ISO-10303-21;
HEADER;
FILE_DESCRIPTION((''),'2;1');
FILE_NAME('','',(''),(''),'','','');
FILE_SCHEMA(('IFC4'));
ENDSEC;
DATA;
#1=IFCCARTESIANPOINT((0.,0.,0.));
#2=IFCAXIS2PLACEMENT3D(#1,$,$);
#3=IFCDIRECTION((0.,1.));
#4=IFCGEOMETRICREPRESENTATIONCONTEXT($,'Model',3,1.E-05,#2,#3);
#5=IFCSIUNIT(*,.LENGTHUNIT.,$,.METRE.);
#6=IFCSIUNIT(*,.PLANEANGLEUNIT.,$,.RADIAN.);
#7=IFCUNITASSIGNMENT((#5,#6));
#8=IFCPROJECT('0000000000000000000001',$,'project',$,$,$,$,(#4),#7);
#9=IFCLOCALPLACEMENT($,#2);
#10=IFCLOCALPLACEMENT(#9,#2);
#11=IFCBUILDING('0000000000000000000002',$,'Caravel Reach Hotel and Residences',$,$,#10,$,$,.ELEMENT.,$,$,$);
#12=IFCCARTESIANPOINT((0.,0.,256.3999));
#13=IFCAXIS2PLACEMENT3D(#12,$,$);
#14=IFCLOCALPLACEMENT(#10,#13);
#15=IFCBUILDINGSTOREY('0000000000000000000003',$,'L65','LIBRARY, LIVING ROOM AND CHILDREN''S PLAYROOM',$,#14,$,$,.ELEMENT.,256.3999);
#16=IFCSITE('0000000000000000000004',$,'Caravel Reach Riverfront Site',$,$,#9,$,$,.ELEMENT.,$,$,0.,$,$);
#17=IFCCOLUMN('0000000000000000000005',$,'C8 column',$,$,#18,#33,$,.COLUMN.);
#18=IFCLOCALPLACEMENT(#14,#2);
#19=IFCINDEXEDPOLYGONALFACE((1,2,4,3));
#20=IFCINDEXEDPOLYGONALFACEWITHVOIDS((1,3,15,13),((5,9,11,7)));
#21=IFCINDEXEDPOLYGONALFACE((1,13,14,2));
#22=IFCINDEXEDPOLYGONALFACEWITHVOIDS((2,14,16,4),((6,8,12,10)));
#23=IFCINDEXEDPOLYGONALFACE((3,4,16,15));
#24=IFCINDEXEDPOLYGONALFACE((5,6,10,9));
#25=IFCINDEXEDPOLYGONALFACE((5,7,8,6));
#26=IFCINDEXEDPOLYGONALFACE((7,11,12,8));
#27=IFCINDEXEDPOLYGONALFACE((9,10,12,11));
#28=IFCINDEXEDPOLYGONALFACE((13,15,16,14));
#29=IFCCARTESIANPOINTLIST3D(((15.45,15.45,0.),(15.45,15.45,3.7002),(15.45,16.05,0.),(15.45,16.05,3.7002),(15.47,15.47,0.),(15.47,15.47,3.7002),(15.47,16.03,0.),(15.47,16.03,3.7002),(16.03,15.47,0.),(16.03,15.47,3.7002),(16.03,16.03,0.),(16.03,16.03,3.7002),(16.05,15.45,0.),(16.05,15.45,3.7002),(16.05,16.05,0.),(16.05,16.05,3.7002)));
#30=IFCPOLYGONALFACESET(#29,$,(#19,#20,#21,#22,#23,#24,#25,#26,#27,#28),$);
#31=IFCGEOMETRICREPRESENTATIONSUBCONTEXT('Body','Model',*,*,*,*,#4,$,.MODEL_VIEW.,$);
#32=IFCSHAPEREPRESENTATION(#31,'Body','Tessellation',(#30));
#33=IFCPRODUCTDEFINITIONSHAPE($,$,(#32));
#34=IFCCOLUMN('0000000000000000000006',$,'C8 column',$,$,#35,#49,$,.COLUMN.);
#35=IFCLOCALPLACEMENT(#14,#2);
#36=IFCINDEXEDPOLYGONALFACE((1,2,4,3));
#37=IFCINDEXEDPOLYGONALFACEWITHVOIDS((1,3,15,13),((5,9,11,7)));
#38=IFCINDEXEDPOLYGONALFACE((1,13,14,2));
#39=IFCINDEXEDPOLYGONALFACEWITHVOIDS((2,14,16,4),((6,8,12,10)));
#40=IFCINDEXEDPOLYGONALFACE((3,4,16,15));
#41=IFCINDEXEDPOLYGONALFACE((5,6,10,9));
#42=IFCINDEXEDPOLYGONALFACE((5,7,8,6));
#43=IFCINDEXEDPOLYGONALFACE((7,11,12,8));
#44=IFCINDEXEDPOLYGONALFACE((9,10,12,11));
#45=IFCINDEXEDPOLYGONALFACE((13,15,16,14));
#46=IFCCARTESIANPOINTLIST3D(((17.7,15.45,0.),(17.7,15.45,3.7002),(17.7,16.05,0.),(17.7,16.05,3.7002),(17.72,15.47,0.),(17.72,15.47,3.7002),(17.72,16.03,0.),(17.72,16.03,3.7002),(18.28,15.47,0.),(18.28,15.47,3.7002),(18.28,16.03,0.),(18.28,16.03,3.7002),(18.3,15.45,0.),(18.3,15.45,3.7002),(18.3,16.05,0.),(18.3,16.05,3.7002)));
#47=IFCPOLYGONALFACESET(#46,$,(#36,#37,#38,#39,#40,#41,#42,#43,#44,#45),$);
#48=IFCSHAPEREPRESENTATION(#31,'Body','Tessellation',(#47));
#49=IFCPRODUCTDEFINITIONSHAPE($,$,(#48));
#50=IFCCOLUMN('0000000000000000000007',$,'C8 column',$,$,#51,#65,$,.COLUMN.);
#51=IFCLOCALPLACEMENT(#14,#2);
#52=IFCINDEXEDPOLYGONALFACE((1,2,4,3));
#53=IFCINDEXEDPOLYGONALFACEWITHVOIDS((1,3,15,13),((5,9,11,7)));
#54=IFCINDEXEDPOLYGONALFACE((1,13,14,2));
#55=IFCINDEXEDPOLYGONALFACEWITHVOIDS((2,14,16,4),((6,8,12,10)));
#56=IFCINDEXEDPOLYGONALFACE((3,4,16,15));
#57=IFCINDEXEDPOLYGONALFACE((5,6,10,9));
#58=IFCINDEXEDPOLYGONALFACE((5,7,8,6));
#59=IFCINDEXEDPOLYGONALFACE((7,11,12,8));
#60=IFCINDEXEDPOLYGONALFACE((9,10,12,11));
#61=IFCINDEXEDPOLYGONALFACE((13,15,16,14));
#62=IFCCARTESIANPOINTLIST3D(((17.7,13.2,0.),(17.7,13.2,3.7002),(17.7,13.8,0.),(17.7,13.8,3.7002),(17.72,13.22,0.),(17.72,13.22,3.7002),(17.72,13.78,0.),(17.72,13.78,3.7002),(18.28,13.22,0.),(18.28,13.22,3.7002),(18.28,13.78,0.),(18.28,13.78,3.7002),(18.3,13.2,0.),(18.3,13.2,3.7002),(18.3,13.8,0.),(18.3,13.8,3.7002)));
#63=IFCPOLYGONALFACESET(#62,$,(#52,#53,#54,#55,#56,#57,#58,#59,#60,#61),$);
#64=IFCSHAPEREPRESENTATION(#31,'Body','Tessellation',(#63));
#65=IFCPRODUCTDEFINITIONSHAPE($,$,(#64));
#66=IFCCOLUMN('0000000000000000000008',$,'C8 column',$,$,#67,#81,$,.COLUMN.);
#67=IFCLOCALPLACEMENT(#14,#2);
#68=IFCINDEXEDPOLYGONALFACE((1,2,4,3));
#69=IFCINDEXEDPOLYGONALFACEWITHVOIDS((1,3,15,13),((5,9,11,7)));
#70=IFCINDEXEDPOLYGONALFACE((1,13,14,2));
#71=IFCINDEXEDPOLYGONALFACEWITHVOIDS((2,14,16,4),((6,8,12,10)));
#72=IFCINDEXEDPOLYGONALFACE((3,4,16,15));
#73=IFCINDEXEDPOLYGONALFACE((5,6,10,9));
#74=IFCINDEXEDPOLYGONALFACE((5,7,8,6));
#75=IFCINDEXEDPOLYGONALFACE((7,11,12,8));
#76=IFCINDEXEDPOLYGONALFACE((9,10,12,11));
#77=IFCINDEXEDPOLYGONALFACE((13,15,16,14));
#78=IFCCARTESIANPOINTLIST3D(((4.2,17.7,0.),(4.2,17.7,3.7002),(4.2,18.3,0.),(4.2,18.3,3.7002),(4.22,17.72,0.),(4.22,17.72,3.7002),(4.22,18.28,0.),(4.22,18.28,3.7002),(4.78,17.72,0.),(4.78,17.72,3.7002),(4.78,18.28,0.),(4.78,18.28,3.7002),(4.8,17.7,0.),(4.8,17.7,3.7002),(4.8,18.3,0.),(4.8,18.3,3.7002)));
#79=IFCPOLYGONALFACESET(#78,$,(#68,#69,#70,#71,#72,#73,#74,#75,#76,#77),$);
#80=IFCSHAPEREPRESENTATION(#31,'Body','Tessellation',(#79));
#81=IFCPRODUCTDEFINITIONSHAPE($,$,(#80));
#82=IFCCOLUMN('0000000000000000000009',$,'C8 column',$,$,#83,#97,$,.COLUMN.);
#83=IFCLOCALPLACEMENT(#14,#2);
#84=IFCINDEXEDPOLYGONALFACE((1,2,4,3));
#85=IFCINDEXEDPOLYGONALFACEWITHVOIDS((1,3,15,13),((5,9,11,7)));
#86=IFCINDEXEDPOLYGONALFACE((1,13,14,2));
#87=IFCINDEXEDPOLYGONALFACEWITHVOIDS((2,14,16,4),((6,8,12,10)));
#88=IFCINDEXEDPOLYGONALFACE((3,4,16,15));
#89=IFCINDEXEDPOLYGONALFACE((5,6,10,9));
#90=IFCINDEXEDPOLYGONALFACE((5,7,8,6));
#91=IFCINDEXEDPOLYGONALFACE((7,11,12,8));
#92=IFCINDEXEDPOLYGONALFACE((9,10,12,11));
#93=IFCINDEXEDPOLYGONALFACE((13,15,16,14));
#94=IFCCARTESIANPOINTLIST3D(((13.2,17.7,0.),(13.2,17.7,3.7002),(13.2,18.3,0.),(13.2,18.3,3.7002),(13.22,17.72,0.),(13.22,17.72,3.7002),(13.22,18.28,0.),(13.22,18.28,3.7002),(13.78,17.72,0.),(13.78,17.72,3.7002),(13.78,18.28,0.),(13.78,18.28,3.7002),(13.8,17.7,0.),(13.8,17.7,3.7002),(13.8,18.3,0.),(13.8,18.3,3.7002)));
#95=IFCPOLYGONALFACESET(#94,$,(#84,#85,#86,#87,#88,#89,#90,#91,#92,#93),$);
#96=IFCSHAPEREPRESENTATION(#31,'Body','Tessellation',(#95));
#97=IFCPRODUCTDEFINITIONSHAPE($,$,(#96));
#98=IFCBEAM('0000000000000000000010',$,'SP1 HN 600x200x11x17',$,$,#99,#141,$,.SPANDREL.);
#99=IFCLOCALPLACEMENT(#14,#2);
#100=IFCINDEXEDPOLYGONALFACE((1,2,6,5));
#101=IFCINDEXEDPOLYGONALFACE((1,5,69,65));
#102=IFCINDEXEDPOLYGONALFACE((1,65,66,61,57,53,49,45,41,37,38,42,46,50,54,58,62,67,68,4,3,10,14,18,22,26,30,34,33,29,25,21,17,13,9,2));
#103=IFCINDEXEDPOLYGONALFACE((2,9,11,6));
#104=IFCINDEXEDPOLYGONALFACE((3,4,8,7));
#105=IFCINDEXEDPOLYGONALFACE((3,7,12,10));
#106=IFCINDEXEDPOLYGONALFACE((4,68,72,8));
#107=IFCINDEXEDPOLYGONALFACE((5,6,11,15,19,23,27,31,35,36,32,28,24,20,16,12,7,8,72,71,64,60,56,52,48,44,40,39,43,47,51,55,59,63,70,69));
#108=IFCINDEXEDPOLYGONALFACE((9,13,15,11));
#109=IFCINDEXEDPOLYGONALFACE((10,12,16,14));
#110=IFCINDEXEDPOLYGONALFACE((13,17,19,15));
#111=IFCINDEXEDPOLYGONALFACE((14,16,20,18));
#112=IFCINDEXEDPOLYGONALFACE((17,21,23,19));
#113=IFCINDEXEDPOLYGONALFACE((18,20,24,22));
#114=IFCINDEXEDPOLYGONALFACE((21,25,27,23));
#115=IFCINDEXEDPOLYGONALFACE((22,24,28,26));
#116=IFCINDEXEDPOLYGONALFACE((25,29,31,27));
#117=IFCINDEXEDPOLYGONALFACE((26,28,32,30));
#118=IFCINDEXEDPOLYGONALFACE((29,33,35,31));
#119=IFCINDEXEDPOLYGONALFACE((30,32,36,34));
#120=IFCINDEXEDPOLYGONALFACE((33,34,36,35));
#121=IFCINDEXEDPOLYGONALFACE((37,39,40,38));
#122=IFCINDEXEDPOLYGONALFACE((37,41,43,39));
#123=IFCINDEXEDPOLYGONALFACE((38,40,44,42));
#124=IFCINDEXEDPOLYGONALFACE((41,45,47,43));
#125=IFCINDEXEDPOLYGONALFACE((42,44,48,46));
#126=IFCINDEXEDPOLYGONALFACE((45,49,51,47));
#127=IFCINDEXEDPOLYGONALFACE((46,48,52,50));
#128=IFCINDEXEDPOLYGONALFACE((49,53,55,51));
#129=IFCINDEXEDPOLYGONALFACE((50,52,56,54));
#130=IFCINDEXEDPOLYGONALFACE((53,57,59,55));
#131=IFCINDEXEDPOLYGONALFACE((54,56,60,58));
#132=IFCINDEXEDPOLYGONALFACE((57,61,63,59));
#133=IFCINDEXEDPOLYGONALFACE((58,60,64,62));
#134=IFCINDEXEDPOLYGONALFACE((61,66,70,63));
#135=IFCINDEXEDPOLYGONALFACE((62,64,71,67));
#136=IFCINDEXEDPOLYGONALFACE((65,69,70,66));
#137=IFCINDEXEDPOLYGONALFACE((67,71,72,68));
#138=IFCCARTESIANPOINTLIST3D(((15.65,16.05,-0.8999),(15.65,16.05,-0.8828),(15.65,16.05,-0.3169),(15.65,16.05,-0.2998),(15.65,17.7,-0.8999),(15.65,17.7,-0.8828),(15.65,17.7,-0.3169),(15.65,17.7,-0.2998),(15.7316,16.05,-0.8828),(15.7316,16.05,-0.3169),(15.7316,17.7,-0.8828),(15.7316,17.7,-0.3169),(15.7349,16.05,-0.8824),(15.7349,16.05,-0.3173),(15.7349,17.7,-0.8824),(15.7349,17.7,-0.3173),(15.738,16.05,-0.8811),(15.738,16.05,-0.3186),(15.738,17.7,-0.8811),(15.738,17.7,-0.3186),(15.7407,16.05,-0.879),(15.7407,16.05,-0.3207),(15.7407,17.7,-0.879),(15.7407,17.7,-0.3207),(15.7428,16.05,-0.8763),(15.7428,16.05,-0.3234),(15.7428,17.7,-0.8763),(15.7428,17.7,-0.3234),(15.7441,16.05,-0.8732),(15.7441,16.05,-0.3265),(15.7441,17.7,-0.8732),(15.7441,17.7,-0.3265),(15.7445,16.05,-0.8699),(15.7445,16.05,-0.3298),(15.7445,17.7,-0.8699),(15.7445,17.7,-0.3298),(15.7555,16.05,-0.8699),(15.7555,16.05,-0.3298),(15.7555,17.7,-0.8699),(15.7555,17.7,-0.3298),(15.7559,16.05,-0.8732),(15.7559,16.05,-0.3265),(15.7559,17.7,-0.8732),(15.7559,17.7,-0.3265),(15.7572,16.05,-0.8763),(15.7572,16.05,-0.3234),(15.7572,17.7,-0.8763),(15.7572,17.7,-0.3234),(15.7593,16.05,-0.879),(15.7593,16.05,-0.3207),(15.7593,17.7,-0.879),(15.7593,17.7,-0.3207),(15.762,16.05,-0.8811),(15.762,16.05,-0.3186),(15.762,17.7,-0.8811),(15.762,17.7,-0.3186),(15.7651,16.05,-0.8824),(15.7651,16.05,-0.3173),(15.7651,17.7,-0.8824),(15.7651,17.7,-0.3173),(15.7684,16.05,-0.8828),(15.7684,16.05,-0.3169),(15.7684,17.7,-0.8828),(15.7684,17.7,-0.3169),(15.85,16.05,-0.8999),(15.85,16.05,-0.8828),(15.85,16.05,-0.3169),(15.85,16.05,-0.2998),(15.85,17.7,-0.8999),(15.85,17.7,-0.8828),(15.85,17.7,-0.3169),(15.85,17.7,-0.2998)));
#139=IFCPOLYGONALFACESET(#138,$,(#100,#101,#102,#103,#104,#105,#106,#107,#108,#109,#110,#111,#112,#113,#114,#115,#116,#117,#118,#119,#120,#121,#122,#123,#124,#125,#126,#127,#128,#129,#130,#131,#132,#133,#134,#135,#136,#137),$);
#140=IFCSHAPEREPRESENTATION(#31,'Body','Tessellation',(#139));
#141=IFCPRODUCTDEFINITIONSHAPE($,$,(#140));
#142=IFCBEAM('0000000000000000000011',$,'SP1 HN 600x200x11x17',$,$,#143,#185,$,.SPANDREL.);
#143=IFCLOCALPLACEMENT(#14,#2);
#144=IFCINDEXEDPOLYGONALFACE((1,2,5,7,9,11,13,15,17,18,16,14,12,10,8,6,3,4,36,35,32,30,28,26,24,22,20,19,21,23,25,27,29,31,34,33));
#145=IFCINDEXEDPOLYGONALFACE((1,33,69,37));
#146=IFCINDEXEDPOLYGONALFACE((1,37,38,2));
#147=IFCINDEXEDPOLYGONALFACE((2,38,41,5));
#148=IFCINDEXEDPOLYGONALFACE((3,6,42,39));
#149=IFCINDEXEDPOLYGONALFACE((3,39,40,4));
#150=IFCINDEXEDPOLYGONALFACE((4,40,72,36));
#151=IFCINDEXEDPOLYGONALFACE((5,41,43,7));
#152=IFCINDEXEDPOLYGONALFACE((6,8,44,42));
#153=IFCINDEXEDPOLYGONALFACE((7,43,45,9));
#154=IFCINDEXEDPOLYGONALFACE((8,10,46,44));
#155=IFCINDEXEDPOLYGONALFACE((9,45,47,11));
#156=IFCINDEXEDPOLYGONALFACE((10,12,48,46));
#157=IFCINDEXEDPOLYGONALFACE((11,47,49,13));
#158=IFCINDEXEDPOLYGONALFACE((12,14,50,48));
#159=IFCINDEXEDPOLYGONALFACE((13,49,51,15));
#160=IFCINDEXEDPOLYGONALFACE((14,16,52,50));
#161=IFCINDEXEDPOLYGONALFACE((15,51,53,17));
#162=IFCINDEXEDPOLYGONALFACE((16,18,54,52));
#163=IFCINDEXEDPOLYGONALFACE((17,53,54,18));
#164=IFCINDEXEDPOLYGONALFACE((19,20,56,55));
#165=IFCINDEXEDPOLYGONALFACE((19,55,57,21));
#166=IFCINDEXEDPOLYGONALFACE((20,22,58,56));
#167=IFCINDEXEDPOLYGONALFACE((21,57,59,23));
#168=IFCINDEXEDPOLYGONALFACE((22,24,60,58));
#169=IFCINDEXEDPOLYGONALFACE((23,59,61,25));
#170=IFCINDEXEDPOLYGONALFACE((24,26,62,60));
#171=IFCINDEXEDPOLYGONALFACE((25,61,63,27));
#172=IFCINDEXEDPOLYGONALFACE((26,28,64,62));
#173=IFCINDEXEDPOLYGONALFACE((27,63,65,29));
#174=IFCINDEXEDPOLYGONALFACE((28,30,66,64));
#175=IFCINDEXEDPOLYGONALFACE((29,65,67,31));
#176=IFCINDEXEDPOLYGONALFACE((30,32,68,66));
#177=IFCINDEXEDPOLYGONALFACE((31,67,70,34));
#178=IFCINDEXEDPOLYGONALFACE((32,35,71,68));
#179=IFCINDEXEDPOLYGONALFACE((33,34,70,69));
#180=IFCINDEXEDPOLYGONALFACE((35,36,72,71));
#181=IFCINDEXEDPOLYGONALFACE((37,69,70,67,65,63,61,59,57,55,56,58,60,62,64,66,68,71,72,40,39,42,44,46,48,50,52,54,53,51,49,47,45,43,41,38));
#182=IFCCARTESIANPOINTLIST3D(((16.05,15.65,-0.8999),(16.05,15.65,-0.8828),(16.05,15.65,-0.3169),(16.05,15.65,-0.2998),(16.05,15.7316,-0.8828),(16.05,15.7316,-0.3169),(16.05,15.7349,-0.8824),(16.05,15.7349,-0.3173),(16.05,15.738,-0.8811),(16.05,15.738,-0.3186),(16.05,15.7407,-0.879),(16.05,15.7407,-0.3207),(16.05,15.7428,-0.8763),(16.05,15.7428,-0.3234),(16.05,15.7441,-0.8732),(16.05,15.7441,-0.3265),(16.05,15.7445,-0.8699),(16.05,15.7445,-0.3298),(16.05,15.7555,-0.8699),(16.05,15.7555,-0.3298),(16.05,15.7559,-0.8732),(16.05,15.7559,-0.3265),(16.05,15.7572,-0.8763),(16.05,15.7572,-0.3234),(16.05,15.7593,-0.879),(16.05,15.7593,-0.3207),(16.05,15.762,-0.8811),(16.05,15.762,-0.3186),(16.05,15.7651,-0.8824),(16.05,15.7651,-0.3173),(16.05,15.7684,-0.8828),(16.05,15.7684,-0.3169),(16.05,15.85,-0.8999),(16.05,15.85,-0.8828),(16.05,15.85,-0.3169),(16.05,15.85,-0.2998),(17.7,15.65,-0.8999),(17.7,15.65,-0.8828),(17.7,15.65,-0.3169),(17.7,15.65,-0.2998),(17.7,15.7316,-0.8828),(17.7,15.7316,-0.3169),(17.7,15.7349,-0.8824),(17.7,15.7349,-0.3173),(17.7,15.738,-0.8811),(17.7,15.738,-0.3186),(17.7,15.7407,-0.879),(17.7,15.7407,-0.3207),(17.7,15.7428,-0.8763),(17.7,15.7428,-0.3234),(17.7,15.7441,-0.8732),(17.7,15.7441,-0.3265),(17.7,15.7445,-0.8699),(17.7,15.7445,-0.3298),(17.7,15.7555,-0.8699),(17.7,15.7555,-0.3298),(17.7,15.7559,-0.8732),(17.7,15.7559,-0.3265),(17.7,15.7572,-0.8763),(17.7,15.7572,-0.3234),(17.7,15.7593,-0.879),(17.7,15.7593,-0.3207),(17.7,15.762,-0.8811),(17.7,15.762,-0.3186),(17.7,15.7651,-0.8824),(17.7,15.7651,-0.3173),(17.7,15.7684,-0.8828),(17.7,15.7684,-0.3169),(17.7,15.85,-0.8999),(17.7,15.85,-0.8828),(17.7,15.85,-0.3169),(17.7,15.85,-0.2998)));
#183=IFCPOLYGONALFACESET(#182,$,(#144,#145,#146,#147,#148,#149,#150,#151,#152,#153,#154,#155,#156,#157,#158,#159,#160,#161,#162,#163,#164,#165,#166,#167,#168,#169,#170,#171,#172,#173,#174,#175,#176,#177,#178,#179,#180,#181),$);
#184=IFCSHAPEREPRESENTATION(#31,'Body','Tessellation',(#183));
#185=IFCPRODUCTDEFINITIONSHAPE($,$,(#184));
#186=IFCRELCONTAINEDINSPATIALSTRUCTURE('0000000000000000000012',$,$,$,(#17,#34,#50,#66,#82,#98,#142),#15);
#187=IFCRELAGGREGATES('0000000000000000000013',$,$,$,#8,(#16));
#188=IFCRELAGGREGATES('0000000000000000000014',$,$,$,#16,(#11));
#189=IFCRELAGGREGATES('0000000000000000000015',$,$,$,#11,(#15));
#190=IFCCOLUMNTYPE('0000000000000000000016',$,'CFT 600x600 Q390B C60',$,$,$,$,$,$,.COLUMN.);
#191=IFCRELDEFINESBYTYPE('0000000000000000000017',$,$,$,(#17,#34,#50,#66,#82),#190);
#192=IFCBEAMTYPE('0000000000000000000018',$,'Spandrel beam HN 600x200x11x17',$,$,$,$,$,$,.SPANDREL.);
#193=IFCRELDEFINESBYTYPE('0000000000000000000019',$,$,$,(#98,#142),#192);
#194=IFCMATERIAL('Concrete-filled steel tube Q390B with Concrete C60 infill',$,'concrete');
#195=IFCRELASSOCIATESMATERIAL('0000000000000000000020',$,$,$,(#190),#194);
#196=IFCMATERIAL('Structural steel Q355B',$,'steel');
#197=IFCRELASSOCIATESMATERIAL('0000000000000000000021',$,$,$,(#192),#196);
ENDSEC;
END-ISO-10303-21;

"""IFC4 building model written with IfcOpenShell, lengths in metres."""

from ifc_helpers import new_model, si_unit, direction, frame, origin, origin_2d, place, context, subcontext, project, spatial, hollow_rectangle, i_section, extrude, material, material_profile, profile_set, type_object, element, save


model = new_model("IFC4")

# Units and contexts
model_context = context("Model", 3, precision=1e-05, world=origin(), true_north=direction((0.0, 1.0)))
body_context = subcontext(model_context, "Body", "Model", "MODEL_VIEW")
ifc_project = project(units=[si_unit("LENGTHUNIT", "METRE"), si_unit("PLANEANGLEUNIT", "RADIAN")], contexts=[model_context])

# Site, building, storey
site_placement = place(None, origin())
site = spatial("IfcSite", under=ifc_project, at=site_placement, Name="Caravel Reach Riverfront Site", CompositionType="ELEMENT", RefElevation=0.0)
building_placement = place(site_placement, origin())
building = spatial("IfcBuilding", under=site, at=building_placement, Name="Caravel Reach Hotel and Residences", CompositionType="ELEMENT")
storey_placement = place(building_placement, frame((0.0, 0.0, 256.3999)))
storey = spatial("IfcBuildingStorey", under=building, at=storey_placement, Name="L65", Description="LIBRARY, LIVING ROOM AND CHILDREN'S PLAYROOM", CompositionType="ELEMENT", Elevation=256.3999)

# Columns
ifc_material_1 = material(Name="Concrete-filled steel tube Q390B with Concrete C60 infill", Category="concrete")
ifc_material_profile_1 = material_profile(ifc_material_1, hollow_rectangle(XDim=0.6001, YDim=0.6001, WallThickness=0.02, at=origin_2d()), Name="RHS 600x600x20")
ifc_profile_set_1 = profile_set([ifc_material_profile_1], Name="Concrete-filled steel tube Q390B with Concrete C60 infill")
column_type = type_object("IfcColumnType", Name="CFT 600x600 Q390B C60", PredefinedType="COLUMN", material=ifc_profile_set_1)
for number, where, z_axis, x_axis, name in (
    (1, (15.75, 15.75, 0.0), (0.0, 0.0, 1.0), (1.0, 0.0, 0.0), "C8 column"),
    (2, (18.0, 15.75, 0.0), (0.0, 0.0, 1.0), (1.0, 0.0, 0.0), "C8 column"),
    (3, (18.0, 13.5, 0.0), (0.0, 0.0, 1.0), (1.0, 0.0, 0.0), "C8 column"),
    (4, (4.5, 18.0, 0.0), (0.0, 0.0, 1.0), (1.0, 0.0, 0.0), "C8 column"),
    (5, (13.5, 18.0, 0.0), (0.0, 0.0, 1.0), (1.0, 0.0, 0.0), "C8 column"),
):
    element("IfcColumn", number, at=place(storey_placement, frame(where, z_axis=z_axis, x_axis=x_axis)), inside=storey, type_object=column_type, Name=name, PredefinedType="COLUMN", context=body_context, shape_type="SweptSolid", body=[
        extrude(hollow_rectangle(XDim=0.6001, YDim=0.6001, WallThickness=0.02, at=origin_2d()), origin(), (0.0, 0.0, 1.0), 3.7002),
    ])

# Beams
ifc_material_2 = material(Name="Structural steel Q355B", Category="steel")
ifc_material_profile_2 = material_profile(ifc_material_2, i_section(OverallWidth=0.2, OverallDepth=0.6001, WebThickness=0.011, FlangeThickness=0.0171, FilletRadius=0.0129, at=origin_2d()), Name="HN 600x200x11x17")
ifc_profile_set_2 = profile_set([ifc_material_profile_2], Name="Structural steel Q355B")
beam_type = type_object("IfcBeamType", Name="Spandrel beam HN 600x200x11x17", PredefinedType="SPANDREL", material=ifc_profile_set_2)
for number, where, z_axis, x_axis, name in (
    (6, (15.75, 17.7, -0.5999), (0.0, -1.0, 0.0), (1.0, 0.0, 0.0), "SP1 HN 600x200x11x17"),
    (7, (16.05, 15.75, -0.5999), (1.0, 0.0, 0.0), (0.0, 1.0, 0.0), "SP1 HN 600x200x11x17"),
):
    element("IfcBeam", number, at=place(storey_placement, frame(where, z_axis=z_axis, x_axis=x_axis)), inside=storey, type_object=beam_type, Name=name, PredefinedType="SPANDREL", context=body_context, shape_type="SweptSolid", body=[
        extrude(i_section(OverallWidth=0.2, OverallDepth=0.6001, WebThickness=0.011, FlangeThickness=0.0171, FilletRadius=0.0129, at=origin_2d()), origin(), (0.0, 0.0, 1.0), 1.6499),
    ])

save(model, "model.ifc")
